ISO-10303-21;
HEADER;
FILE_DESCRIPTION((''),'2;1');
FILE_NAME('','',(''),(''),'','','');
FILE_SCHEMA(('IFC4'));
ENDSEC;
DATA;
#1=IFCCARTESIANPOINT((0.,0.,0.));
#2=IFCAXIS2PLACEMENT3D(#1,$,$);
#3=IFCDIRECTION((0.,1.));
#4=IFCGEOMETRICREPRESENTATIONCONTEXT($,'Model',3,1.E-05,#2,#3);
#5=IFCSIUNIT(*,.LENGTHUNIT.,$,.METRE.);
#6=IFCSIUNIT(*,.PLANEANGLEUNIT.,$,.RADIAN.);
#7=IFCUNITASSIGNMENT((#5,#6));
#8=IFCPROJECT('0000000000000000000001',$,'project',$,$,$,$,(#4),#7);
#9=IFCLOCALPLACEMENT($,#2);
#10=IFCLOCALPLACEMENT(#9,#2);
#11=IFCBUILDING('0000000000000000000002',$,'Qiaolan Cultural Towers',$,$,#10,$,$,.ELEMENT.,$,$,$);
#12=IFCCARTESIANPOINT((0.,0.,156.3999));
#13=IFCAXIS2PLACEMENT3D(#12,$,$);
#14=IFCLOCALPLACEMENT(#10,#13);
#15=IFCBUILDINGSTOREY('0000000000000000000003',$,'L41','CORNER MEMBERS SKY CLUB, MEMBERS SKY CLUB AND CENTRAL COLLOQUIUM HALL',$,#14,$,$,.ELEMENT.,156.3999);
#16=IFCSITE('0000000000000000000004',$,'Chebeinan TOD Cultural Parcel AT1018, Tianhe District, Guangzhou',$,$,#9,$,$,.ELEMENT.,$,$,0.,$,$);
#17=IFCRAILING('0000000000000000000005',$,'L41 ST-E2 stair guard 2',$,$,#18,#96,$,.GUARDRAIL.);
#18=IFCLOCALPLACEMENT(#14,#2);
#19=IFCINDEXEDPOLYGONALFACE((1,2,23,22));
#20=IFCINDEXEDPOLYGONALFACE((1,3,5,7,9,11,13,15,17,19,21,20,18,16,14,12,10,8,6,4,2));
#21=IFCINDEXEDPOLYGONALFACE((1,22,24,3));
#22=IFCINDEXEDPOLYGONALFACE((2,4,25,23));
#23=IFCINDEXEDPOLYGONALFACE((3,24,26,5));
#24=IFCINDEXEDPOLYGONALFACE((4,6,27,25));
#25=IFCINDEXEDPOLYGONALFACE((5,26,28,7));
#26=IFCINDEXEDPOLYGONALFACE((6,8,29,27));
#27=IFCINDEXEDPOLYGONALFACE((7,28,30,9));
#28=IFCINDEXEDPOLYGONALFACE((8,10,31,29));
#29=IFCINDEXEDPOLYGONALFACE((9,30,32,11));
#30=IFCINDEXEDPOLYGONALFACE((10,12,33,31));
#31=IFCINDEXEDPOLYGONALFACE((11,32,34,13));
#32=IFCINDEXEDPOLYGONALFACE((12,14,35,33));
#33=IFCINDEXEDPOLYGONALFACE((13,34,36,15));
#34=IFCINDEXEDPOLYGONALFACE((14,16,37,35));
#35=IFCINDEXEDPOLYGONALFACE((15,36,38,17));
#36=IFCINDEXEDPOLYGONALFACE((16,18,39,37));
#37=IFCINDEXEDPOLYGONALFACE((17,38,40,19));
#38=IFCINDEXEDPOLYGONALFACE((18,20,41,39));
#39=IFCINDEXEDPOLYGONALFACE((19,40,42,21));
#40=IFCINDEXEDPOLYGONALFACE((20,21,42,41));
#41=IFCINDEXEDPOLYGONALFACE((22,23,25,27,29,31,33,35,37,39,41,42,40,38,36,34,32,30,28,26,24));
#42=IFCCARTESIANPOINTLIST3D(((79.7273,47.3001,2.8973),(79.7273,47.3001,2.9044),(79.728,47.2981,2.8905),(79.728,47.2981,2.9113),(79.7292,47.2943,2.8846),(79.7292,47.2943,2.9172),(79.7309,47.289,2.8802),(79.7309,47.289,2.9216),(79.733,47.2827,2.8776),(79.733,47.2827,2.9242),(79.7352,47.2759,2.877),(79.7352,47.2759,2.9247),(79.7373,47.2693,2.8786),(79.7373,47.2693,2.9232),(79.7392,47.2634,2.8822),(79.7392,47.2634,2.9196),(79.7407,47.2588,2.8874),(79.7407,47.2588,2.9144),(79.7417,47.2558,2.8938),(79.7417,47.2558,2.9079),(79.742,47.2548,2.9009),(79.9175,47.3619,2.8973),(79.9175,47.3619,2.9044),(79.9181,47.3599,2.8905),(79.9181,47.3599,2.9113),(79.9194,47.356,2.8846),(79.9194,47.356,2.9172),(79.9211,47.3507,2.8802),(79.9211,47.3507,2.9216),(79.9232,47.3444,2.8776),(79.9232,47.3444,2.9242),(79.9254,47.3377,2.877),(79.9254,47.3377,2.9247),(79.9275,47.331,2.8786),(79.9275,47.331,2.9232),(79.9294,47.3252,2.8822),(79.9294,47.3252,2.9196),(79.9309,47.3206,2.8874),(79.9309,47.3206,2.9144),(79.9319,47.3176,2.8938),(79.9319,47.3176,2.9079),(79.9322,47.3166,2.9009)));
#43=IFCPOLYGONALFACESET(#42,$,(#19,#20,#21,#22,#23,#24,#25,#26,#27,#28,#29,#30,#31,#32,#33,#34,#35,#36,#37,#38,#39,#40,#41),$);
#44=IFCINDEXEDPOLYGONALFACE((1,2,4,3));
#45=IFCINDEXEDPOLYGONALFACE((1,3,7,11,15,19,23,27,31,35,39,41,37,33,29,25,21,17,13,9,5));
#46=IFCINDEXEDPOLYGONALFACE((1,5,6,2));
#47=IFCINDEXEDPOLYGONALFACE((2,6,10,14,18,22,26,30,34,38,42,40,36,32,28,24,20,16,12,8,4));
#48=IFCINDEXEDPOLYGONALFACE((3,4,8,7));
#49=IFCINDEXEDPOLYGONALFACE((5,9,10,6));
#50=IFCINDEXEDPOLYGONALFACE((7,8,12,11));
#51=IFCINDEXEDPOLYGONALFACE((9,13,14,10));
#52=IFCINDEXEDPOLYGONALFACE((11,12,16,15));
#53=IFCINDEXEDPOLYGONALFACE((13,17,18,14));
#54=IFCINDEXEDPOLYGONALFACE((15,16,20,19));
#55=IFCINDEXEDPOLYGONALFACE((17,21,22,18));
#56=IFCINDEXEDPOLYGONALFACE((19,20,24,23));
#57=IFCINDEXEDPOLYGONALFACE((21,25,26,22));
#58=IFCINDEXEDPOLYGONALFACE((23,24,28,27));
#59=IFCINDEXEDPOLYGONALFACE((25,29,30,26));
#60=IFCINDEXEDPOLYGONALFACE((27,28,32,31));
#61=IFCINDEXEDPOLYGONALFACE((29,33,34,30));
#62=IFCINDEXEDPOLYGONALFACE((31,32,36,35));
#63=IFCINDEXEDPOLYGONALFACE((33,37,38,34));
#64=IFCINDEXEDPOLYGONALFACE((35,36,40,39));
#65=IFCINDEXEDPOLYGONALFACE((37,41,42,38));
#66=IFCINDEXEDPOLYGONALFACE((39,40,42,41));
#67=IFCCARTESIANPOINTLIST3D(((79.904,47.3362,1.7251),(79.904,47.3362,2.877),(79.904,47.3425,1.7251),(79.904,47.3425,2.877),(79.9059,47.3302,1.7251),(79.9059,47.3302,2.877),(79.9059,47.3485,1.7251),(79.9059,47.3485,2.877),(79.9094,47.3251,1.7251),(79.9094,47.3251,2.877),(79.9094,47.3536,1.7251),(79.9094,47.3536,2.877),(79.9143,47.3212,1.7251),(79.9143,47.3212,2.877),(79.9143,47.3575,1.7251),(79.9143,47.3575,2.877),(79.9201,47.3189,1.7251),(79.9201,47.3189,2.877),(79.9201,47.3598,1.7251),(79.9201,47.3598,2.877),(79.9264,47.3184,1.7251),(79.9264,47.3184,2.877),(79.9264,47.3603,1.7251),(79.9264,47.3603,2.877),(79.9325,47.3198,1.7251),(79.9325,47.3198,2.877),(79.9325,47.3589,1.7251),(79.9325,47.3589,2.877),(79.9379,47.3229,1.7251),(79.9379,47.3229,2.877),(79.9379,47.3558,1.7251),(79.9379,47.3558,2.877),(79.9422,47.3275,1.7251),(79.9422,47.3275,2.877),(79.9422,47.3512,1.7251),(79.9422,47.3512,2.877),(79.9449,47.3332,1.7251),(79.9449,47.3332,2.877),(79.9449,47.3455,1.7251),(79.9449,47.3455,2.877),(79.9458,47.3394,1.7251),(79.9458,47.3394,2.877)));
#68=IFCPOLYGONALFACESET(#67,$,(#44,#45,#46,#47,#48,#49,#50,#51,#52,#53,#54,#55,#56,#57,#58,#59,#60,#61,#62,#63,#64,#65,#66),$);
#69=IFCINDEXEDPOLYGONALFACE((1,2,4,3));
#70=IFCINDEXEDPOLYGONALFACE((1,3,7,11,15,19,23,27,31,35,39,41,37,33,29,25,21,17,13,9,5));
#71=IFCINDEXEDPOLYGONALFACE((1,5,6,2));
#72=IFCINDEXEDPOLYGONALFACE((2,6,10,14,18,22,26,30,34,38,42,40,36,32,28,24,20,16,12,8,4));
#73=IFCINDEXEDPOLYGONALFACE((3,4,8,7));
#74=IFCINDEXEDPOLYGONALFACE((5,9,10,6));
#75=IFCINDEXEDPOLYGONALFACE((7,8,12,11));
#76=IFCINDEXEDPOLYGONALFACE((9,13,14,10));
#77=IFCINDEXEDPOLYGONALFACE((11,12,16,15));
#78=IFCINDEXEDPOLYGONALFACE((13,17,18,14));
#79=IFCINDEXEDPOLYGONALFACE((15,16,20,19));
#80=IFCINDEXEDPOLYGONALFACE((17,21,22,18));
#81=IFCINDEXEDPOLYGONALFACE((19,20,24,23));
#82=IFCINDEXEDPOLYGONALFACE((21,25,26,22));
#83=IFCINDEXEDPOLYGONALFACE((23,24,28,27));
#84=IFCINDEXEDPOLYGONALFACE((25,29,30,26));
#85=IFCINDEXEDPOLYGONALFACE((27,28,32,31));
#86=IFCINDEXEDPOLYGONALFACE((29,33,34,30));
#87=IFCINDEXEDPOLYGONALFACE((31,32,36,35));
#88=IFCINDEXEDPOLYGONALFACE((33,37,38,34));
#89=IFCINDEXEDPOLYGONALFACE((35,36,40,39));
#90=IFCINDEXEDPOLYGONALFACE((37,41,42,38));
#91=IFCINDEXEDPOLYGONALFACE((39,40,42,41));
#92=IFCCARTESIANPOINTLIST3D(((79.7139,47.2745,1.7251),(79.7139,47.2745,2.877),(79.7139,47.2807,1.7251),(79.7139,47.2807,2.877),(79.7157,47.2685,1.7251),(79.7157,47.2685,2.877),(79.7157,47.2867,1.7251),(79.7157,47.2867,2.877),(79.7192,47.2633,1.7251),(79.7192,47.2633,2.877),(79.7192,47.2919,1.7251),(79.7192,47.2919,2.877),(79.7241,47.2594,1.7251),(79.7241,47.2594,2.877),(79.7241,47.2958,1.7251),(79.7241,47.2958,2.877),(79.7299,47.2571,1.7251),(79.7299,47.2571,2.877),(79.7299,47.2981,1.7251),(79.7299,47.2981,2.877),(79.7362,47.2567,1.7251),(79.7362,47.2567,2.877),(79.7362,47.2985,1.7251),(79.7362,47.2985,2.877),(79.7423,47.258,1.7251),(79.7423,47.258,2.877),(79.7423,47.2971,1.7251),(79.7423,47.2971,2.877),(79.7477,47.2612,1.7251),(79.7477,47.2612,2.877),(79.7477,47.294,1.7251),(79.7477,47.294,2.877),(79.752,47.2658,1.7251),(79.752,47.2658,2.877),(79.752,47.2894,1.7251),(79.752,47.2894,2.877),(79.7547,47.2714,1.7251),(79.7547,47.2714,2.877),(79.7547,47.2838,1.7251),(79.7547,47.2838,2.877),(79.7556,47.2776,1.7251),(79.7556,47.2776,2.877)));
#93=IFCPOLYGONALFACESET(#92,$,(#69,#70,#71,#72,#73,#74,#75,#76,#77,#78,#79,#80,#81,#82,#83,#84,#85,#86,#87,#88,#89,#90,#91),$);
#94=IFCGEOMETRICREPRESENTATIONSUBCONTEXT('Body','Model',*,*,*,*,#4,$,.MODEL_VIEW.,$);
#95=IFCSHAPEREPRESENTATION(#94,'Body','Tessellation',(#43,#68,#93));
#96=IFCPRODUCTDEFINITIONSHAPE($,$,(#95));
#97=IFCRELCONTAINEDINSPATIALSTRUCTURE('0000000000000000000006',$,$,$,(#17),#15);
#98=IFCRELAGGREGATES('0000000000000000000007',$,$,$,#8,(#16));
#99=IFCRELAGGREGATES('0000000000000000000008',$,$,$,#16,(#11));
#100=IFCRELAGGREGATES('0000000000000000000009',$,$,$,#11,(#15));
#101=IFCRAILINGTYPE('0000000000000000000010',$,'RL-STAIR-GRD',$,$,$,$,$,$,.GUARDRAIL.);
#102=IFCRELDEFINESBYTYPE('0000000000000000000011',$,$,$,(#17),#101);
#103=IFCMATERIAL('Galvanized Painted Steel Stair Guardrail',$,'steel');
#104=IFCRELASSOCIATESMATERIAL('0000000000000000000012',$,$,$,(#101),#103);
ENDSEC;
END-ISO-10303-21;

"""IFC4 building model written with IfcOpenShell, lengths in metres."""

from ifc_helpers import new_model, si_unit, direction, frame, origin, origin_2d, place, context, subcontext, project, spatial, circle, extrude, material, type_object, element, save


model = new_model("IFC4")

# Units and contexts
model_context = context("Model", 3, precision=1e-05, world=origin(), true_north=direction((0.0, 1.0)))
body_context = subcontext(model_context, "Body", "Model", "MODEL_VIEW")
ifc_project = project(units=[si_unit("LENGTHUNIT", "METRE"), si_unit("PLANEANGLEUNIT", "RADIAN")], contexts=[model_context])

# Site, building, storey
site_placement = place(None, origin())
site = spatial("IfcSite", under=ifc_project, at=site_placement, Name="Chebeinan TOD Cultural Parcel AT1018, Tianhe District, Guangzhou", CompositionType="ELEMENT", RefElevation=0.0)
building_placement = place(site_placement, origin())
building = spatial("IfcBuilding", under=site, at=building_placement, Name="Qiaolan Cultural Towers", CompositionType="ELEMENT")
storey_placement = place(building_placement, frame((0.0, 0.0, 156.3999)))
storey = spatial("IfcBuildingStorey", under=building, at=storey_placement, Name="L41", Description="CORNER MEMBERS SKY CLUB, MEMBERS SKY CLUB AND CENTRAL COLLOQUIUM HALL", CompositionType="ELEMENT", Elevation=156.3999)

# Railing
ifc_material_1 = material(Name="Galvanized Painted Steel Stair Guardrail", Category="steel")
railing_type_1 = type_object("IfcRailingType", Name="RL-STAIR-GRD", PredefinedType="GUARDRAIL", material=ifc_material_1)
railing_1_placement = place(storey_placement, frame((79.9248, 47.3394, 1.7251)))
element("IfcRailing", 1, at=railing_1_placement, inside=storey, type_object=railing_type_1, Name="L41 ST-E2 stair guard 2", PredefinedType="GUARDRAIL", context=body_context, shape_type="SweptSolid", body=[
    extrude(circle(Radius=0.0239, at=origin_2d()), frame((0.0, 0.0, 1.1758), z_axis=(-0.951097, -0.308893, 0.0), x_axis=(0.308893, -0.951097, 0.0)), (0.0, 0.0, 1.0), 0.2),
    extrude(circle(Radius=0.021, at=origin_2d()), origin(), (0.0, 0.0, 1.0), 1.1519),
    extrude(circle(Radius=0.021, at=origin_2d()), frame((-0.1902, -0.0618, 0.0)), (0.0, 0.0, 1.0), 1.1519),
])

save(model, "model.ifc")
